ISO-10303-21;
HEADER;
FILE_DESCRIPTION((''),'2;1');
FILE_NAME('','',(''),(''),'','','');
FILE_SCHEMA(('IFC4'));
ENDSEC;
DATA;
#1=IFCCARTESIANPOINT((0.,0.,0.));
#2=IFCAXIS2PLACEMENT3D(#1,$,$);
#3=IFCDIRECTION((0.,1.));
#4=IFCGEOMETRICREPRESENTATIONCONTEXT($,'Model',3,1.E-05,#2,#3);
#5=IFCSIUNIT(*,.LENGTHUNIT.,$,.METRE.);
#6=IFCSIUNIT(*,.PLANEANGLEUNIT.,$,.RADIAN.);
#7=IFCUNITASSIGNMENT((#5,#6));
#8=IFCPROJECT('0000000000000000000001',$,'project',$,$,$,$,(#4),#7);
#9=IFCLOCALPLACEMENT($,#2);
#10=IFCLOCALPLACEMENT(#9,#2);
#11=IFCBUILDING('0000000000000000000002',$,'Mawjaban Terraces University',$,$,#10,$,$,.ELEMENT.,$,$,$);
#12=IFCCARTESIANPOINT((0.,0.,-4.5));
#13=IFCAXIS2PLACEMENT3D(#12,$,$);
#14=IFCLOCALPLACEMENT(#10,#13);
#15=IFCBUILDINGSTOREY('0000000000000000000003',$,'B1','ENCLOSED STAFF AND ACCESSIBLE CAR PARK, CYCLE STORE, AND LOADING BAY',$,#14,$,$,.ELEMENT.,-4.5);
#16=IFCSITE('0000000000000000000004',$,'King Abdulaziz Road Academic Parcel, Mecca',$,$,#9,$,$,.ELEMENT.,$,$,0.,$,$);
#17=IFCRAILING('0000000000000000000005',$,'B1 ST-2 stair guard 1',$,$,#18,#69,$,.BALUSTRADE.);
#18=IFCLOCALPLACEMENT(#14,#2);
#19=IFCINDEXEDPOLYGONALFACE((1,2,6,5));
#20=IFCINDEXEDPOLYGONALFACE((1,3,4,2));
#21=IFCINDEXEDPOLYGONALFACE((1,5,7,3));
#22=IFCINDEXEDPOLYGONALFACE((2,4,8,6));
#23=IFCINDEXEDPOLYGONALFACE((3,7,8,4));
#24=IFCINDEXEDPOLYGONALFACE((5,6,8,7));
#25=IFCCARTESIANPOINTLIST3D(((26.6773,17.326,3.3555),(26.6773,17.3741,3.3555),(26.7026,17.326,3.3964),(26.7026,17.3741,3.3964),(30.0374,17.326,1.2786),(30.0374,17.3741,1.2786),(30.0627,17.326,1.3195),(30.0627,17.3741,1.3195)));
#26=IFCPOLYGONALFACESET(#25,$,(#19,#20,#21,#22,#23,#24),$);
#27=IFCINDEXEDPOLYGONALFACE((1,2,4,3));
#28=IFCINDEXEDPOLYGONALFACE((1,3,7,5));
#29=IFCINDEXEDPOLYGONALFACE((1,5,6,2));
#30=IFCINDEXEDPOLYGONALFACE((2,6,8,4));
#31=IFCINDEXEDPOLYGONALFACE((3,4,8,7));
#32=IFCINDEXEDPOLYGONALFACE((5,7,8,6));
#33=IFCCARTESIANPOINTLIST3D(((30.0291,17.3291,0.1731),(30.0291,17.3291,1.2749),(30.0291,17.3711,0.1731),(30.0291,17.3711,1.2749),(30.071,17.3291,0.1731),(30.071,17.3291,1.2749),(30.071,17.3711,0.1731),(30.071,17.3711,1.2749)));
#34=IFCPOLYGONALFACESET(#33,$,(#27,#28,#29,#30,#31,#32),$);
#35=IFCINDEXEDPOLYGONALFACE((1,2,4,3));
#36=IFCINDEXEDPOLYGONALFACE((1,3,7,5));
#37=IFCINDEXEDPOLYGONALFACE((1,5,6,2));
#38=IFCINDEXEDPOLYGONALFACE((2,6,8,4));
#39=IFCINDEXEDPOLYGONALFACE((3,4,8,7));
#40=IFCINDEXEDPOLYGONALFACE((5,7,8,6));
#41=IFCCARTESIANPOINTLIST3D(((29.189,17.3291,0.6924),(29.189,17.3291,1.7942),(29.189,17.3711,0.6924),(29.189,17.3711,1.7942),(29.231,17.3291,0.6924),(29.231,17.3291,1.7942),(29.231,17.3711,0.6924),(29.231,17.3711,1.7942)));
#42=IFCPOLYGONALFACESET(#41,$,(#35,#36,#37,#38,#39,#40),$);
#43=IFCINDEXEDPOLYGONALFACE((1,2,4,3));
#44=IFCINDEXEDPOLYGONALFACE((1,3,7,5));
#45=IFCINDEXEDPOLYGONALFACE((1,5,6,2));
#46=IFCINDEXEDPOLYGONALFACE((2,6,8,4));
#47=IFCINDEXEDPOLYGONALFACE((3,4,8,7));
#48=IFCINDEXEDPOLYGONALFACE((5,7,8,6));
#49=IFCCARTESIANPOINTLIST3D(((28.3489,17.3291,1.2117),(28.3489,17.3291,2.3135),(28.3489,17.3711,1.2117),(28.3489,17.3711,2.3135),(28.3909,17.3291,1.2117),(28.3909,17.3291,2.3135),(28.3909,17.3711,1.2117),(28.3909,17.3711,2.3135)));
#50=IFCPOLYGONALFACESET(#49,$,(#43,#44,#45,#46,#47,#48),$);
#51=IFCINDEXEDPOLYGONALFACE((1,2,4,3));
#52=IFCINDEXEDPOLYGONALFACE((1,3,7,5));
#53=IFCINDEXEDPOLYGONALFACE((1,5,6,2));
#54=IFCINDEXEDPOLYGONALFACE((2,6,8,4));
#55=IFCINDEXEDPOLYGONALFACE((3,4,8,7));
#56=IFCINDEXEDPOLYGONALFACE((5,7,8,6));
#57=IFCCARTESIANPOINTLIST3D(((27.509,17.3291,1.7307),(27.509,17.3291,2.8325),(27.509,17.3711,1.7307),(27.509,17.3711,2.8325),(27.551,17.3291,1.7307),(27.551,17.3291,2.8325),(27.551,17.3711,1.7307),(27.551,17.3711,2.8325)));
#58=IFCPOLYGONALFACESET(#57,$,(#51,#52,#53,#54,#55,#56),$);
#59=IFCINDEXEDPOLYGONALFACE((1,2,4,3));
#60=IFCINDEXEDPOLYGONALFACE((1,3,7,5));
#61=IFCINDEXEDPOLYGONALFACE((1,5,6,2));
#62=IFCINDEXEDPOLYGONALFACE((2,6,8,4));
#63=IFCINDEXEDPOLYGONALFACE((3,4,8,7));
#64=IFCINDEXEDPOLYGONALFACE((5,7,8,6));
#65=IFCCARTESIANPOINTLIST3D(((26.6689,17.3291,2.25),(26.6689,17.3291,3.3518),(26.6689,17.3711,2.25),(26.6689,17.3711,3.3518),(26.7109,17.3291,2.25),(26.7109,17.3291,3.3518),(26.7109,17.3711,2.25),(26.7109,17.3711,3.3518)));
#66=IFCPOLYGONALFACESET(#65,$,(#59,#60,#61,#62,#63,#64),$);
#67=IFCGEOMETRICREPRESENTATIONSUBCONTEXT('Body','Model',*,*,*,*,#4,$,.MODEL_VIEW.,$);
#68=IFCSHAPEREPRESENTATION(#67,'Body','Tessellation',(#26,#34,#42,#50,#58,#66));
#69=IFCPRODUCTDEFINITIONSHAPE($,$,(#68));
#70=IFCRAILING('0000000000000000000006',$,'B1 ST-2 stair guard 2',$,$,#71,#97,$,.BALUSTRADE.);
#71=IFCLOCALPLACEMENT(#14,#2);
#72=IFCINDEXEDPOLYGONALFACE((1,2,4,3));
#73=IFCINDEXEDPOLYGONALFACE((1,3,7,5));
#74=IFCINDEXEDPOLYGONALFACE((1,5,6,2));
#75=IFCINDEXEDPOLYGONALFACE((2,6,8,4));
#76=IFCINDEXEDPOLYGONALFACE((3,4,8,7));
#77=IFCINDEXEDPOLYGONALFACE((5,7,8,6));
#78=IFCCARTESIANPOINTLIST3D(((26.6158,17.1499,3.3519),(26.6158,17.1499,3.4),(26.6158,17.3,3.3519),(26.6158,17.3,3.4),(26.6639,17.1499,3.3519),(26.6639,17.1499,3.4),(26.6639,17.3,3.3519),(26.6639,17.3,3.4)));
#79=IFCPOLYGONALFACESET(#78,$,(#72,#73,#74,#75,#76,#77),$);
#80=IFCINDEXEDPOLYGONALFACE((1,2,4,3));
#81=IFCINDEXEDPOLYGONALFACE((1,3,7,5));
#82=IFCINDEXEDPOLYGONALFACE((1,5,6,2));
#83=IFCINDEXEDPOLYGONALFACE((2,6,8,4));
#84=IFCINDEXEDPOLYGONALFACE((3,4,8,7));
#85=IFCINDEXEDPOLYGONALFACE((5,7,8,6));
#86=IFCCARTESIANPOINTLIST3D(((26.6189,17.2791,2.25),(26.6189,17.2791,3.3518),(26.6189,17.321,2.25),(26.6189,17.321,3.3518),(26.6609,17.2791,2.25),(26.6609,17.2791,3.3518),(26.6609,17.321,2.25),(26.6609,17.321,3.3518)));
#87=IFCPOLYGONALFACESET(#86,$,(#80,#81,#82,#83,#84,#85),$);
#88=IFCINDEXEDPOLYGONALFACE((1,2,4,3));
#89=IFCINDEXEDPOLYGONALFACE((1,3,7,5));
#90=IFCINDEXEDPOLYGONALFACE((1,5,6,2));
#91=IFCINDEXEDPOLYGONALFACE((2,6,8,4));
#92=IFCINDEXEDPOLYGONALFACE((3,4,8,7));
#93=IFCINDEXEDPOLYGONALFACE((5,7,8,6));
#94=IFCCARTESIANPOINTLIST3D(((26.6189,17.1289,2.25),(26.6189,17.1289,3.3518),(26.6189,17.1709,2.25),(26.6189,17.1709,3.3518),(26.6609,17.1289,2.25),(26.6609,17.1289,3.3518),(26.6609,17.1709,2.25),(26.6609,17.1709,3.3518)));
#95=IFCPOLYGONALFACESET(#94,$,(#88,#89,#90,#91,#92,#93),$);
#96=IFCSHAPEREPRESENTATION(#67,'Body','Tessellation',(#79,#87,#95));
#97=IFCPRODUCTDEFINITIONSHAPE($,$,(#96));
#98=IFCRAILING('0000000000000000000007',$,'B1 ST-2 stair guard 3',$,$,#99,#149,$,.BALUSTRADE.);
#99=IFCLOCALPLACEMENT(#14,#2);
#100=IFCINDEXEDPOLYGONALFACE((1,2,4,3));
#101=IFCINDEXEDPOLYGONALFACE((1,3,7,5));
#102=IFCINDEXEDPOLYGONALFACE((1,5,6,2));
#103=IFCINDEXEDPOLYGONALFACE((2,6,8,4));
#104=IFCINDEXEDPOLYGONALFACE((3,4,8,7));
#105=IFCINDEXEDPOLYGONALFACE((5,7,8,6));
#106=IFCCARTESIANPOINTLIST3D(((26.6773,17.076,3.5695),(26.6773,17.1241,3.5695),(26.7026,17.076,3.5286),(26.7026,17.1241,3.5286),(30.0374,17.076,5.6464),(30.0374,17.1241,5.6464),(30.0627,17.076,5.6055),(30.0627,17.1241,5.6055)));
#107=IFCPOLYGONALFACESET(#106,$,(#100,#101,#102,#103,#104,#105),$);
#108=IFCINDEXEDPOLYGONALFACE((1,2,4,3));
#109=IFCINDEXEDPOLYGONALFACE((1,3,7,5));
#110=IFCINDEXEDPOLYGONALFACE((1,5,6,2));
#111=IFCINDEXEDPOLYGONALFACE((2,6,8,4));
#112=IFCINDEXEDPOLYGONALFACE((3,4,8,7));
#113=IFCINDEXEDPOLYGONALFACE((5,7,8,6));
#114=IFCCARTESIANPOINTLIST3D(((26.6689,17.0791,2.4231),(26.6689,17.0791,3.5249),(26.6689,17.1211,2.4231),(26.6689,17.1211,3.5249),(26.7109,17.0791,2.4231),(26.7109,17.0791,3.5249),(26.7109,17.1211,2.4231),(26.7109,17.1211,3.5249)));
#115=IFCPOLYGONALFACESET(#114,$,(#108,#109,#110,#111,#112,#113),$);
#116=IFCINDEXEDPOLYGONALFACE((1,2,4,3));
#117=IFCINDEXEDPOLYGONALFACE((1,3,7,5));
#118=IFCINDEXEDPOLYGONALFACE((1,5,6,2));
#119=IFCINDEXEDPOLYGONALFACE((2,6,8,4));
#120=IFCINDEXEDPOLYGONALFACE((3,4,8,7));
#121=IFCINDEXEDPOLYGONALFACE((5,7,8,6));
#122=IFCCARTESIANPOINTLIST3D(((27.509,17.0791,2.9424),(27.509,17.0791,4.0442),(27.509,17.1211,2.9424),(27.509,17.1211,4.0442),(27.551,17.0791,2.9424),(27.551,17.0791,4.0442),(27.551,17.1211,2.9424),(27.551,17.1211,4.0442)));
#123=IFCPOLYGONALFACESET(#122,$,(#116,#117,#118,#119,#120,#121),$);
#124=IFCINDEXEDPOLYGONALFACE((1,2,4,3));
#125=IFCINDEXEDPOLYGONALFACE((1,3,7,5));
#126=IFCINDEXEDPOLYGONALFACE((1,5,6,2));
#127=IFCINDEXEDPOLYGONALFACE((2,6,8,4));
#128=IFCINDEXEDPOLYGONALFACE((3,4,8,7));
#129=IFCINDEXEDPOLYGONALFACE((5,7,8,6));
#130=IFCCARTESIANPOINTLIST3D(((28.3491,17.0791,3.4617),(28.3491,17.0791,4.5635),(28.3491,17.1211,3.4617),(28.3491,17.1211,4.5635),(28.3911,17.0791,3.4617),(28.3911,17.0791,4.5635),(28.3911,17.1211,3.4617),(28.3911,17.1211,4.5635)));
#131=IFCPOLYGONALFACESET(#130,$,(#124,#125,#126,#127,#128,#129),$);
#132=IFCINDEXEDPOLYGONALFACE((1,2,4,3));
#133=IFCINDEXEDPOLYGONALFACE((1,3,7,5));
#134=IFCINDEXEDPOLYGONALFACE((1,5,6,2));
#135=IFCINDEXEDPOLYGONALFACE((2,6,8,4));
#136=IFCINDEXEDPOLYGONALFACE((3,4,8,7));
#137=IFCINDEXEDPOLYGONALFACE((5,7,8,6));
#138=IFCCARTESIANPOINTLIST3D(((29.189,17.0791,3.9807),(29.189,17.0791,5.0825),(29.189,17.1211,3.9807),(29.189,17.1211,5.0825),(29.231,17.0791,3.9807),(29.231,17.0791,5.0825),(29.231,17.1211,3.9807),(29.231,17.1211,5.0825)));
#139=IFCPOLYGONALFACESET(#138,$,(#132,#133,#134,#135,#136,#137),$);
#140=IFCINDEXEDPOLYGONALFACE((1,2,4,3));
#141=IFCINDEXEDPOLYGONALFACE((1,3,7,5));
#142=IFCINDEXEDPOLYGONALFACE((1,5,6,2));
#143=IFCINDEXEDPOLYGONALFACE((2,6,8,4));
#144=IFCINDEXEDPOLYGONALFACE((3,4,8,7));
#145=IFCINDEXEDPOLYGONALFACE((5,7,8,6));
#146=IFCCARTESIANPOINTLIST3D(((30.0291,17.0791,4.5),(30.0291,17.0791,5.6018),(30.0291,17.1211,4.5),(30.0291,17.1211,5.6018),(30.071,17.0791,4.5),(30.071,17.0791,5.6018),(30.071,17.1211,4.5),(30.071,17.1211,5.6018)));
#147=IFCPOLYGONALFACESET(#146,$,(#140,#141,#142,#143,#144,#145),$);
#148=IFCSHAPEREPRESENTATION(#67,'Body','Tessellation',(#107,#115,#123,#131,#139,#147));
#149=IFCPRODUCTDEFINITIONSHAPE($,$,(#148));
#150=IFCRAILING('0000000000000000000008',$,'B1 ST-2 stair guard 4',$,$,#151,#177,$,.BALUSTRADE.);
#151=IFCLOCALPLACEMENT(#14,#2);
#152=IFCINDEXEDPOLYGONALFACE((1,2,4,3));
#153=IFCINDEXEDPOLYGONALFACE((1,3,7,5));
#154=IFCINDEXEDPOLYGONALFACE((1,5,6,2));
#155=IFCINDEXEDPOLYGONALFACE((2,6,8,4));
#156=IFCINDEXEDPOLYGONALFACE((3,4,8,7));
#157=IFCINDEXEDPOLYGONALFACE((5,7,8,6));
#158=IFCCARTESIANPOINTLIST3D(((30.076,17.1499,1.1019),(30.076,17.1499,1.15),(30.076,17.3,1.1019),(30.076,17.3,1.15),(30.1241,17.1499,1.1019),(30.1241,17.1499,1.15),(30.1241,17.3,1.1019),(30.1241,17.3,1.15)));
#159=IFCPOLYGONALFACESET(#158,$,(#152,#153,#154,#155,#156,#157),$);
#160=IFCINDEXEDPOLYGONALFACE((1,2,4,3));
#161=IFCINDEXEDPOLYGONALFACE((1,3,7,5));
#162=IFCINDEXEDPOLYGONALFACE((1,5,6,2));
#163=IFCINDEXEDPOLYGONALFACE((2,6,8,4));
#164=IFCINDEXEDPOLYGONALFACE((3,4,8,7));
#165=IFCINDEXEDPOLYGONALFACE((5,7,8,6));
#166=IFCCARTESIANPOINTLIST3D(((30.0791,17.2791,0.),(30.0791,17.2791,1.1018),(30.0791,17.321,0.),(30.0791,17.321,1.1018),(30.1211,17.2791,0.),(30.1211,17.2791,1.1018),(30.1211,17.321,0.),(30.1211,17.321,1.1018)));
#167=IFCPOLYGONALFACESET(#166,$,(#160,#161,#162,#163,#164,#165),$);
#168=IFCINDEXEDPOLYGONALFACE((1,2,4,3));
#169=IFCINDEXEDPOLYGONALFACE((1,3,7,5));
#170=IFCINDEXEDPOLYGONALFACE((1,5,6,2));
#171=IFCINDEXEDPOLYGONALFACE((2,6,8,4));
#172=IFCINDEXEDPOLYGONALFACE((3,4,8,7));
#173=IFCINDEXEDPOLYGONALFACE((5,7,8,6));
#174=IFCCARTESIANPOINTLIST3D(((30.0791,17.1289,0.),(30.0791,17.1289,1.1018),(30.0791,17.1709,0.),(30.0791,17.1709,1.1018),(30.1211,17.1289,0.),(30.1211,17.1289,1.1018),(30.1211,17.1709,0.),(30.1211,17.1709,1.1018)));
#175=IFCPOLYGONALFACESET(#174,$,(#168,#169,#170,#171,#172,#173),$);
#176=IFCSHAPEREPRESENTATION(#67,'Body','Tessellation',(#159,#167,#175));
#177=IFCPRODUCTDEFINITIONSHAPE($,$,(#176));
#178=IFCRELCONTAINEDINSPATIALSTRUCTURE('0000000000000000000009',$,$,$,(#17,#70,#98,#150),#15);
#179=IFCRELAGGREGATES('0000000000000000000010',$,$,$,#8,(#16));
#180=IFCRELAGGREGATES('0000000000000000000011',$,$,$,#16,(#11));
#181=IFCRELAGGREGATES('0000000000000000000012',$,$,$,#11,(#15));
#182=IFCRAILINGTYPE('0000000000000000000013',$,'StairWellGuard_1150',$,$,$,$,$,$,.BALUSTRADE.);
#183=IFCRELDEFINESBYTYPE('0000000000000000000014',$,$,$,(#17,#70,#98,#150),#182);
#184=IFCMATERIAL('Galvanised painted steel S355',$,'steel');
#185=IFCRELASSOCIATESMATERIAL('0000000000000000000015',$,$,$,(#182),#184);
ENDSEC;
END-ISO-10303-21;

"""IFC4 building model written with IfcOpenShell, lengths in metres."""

from ifc_helpers import new_model, si_unit, direction, frame, origin, origin_2d, place, context, subcontext, project, spatial, rectangle, extrude, material, type_object, element, save


model = new_model("IFC4")

# Units and contexts
model_context = context("Model", 3, precision=1e-05, world=origin(), true_north=direction((0.0, 1.0)))
body_context = subcontext(model_context, "Body", "Model", "MODEL_VIEW")
ifc_project = project(units=[si_unit("LENGTHUNIT", "METRE"), si_unit("PLANEANGLEUNIT", "RADIAN")], contexts=[model_context])

# Site, building, storey
site_placement = place(None, origin())
site = spatial("IfcSite", under=ifc_project, at=site_placement, Name="King Abdulaziz Road Academic Parcel, Mecca", CompositionType="ELEMENT", RefElevation=0.0)
building_placement = place(site_placement, origin())
building = spatial("IfcBuilding", under=site, at=building_placement, Name="Mawjaban Terraces University", CompositionType="ELEMENT")
storey_placement = place(building_placement, frame((0.0, 0.0, -4.5)))
storey = spatial("IfcBuildingStorey", under=building, at=storey_placement, Name="B1", Description="ENCLOSED STAFF AND ACCESSIBLE CAR PARK, CYCLE STORE, AND LOADING BAY", CompositionType="ELEMENT", Elevation=-4.5)

# Railings
ifc_material_1 = material(Name="Galvanised painted steel S355", Category="steel")
railing_type_1 = type_object("IfcRailingType", Name="StairWellGuard_1150", PredefinedType="BALUSTRADE", material=ifc_material_1)
railing_1_placement = place(storey_placement, frame((30.05, 17.3501, 0.1731)))
element("IfcRailing", 1, at=railing_1_placement, inside=storey, type_object=railing_type_1, Name="B1 ST-2 stair guard 1", PredefinedType="BALUSTRADE", context=body_context, shape_type="SweptSolid", body=[
    extrude(rectangle(XDim=0.0481, YDim=0.0481, at=origin_2d()), frame((0.0, 0.0, 1.126), z_axis=(-0.850623, 0.0, 0.525776), x_axis=(0.0, -1.0, 0.0)), (0.0, 0.0, 1.0), 3.9502),
    extrude(rectangle(XDim=0.042, YDim=0.042, at=origin_2d()), origin(), (0.0, 0.0, 1.0), 1.1018),
    extrude(rectangle(XDim=0.042, YDim=0.042, at=origin_2d()), frame((-0.8401, 0.0, 0.5193)), (0.0, 0.0, 1.0), 1.1018),
    extrude(rectangle(XDim=0.042, YDim=0.042, at=origin_2d()), frame((-1.6802, 0.0, 1.0386)), (0.0, 0.0, 1.0), 1.1018),
    extrude(rectangle(XDim=0.042, YDim=0.042, at=origin_2d()), frame((-2.52, 0.0, 1.5576)), (0.0, 0.0, 1.0), 1.1018),
    extrude(rectangle(XDim=0.042, YDim=0.042, at=origin_2d()), frame((-3.3601, 0.0, 2.0769)), (0.0, 0.0, 1.0), 1.1018),
])
railing_2_placement = place(storey_placement, frame((26.6399, 17.3, 2.25)))
element("IfcRailing", 2, at=railing_2_placement, inside=storey, type_object=railing_type_1, Name="B1 ST-2 stair guard 2", PredefinedType="BALUSTRADE", context=body_context, shape_type="SweptSolid", body=[
    extrude(rectangle(XDim=0.0481, YDim=0.0481, at=origin_2d()), frame((0.0, 0.0, 1.126), z_axis=(0.0, -1.0, 0.0), x_axis=(1.0, 0.0, 0.0)), (0.0, 0.0, 1.0), 0.1501),
    extrude(rectangle(XDim=0.042, YDim=0.042, at=origin_2d()), origin(), (0.0, 0.0, 1.0), 1.1018),
    extrude(rectangle(XDim=0.042, YDim=0.042, at=origin_2d()), frame((0.0, -0.1501, 0.0)), (0.0, 0.0, 1.0), 1.1018),
])
railing_3_placement = place(storey_placement, frame((26.6899, 17.1001, 2.4231)))
element("IfcRailing", 3, at=railing_3_placement, inside=storey, type_object=railing_type_1, Name="B1 ST-2 stair guard 3", PredefinedType="BALUSTRADE", context=body_context, shape_type="SweptSolid", body=[
    extrude(rectangle(XDim=0.0481, YDim=0.0481, at=origin_2d()), frame((0.0, 0.0, 1.126), z_axis=(0.850623, 0.0, 0.525776), x_axis=(0.0, 1.0, 0.0)), (0.0, 0.0, 1.0), 3.9502),
    extrude(rectangle(XDim=0.042, YDim=0.042, at=origin_2d()), origin(), (0.0, 0.0, 1.0), 1.1018),
    extrude(rectangle(XDim=0.042, YDim=0.042, at=origin_2d()), frame((0.8401, 0.0, 0.5193)), (0.0, 0.0, 1.0), 1.1018),
    extrude(rectangle(XDim=0.042, YDim=0.042, at=origin_2d()), frame((1.6802, 0.0, 1.0386)), (0.0, 0.0, 1.0), 1.1018),
    extrude(rectangle(XDim=0.042, YDim=0.042, at=origin_2d()), frame((2.52, 0.0, 1.5576)), (0.0, 0.0, 1.0), 1.1018),
    extrude(rectangle(XDim=0.042, YDim=0.042, at=origin_2d()), frame((3.3601, 0.0, 2.0769)), (0.0, 0.0, 1.0), 1.1018),
])
railing_4_placement = place(storey_placement, frame((30.1001, 17.3, 0.0)))
element("IfcRailing", 4, at=railing_4_placement, inside=storey, type_object=railing_type_1, Name="B1 ST-2 stair guard 4", PredefinedType="BALUSTRADE", context=body_context, shape_type="SweptSolid", body=[
    extrude(rectangle(XDim=0.0481, YDim=0.0481, at=origin_2d()), frame((0.0, 0.0, 1.126), z_axis=(0.0, -1.0, 0.0), x_axis=(1.0, 0.0, 0.0)), (0.0, 0.0, 1.0), 0.1501),
    extrude(rectangle(XDim=0.042, YDim=0.042, at=origin_2d()), origin(), (0.0, 0.0, 1.0), 1.1018),
    extrude(rectangle(XDim=0.042, YDim=0.042, at=origin_2d()), frame((0.0, -0.1501, 0.0)), (0.0, 0.0, 1.0), 1.1018),
])

save(model, "model.ifc")
